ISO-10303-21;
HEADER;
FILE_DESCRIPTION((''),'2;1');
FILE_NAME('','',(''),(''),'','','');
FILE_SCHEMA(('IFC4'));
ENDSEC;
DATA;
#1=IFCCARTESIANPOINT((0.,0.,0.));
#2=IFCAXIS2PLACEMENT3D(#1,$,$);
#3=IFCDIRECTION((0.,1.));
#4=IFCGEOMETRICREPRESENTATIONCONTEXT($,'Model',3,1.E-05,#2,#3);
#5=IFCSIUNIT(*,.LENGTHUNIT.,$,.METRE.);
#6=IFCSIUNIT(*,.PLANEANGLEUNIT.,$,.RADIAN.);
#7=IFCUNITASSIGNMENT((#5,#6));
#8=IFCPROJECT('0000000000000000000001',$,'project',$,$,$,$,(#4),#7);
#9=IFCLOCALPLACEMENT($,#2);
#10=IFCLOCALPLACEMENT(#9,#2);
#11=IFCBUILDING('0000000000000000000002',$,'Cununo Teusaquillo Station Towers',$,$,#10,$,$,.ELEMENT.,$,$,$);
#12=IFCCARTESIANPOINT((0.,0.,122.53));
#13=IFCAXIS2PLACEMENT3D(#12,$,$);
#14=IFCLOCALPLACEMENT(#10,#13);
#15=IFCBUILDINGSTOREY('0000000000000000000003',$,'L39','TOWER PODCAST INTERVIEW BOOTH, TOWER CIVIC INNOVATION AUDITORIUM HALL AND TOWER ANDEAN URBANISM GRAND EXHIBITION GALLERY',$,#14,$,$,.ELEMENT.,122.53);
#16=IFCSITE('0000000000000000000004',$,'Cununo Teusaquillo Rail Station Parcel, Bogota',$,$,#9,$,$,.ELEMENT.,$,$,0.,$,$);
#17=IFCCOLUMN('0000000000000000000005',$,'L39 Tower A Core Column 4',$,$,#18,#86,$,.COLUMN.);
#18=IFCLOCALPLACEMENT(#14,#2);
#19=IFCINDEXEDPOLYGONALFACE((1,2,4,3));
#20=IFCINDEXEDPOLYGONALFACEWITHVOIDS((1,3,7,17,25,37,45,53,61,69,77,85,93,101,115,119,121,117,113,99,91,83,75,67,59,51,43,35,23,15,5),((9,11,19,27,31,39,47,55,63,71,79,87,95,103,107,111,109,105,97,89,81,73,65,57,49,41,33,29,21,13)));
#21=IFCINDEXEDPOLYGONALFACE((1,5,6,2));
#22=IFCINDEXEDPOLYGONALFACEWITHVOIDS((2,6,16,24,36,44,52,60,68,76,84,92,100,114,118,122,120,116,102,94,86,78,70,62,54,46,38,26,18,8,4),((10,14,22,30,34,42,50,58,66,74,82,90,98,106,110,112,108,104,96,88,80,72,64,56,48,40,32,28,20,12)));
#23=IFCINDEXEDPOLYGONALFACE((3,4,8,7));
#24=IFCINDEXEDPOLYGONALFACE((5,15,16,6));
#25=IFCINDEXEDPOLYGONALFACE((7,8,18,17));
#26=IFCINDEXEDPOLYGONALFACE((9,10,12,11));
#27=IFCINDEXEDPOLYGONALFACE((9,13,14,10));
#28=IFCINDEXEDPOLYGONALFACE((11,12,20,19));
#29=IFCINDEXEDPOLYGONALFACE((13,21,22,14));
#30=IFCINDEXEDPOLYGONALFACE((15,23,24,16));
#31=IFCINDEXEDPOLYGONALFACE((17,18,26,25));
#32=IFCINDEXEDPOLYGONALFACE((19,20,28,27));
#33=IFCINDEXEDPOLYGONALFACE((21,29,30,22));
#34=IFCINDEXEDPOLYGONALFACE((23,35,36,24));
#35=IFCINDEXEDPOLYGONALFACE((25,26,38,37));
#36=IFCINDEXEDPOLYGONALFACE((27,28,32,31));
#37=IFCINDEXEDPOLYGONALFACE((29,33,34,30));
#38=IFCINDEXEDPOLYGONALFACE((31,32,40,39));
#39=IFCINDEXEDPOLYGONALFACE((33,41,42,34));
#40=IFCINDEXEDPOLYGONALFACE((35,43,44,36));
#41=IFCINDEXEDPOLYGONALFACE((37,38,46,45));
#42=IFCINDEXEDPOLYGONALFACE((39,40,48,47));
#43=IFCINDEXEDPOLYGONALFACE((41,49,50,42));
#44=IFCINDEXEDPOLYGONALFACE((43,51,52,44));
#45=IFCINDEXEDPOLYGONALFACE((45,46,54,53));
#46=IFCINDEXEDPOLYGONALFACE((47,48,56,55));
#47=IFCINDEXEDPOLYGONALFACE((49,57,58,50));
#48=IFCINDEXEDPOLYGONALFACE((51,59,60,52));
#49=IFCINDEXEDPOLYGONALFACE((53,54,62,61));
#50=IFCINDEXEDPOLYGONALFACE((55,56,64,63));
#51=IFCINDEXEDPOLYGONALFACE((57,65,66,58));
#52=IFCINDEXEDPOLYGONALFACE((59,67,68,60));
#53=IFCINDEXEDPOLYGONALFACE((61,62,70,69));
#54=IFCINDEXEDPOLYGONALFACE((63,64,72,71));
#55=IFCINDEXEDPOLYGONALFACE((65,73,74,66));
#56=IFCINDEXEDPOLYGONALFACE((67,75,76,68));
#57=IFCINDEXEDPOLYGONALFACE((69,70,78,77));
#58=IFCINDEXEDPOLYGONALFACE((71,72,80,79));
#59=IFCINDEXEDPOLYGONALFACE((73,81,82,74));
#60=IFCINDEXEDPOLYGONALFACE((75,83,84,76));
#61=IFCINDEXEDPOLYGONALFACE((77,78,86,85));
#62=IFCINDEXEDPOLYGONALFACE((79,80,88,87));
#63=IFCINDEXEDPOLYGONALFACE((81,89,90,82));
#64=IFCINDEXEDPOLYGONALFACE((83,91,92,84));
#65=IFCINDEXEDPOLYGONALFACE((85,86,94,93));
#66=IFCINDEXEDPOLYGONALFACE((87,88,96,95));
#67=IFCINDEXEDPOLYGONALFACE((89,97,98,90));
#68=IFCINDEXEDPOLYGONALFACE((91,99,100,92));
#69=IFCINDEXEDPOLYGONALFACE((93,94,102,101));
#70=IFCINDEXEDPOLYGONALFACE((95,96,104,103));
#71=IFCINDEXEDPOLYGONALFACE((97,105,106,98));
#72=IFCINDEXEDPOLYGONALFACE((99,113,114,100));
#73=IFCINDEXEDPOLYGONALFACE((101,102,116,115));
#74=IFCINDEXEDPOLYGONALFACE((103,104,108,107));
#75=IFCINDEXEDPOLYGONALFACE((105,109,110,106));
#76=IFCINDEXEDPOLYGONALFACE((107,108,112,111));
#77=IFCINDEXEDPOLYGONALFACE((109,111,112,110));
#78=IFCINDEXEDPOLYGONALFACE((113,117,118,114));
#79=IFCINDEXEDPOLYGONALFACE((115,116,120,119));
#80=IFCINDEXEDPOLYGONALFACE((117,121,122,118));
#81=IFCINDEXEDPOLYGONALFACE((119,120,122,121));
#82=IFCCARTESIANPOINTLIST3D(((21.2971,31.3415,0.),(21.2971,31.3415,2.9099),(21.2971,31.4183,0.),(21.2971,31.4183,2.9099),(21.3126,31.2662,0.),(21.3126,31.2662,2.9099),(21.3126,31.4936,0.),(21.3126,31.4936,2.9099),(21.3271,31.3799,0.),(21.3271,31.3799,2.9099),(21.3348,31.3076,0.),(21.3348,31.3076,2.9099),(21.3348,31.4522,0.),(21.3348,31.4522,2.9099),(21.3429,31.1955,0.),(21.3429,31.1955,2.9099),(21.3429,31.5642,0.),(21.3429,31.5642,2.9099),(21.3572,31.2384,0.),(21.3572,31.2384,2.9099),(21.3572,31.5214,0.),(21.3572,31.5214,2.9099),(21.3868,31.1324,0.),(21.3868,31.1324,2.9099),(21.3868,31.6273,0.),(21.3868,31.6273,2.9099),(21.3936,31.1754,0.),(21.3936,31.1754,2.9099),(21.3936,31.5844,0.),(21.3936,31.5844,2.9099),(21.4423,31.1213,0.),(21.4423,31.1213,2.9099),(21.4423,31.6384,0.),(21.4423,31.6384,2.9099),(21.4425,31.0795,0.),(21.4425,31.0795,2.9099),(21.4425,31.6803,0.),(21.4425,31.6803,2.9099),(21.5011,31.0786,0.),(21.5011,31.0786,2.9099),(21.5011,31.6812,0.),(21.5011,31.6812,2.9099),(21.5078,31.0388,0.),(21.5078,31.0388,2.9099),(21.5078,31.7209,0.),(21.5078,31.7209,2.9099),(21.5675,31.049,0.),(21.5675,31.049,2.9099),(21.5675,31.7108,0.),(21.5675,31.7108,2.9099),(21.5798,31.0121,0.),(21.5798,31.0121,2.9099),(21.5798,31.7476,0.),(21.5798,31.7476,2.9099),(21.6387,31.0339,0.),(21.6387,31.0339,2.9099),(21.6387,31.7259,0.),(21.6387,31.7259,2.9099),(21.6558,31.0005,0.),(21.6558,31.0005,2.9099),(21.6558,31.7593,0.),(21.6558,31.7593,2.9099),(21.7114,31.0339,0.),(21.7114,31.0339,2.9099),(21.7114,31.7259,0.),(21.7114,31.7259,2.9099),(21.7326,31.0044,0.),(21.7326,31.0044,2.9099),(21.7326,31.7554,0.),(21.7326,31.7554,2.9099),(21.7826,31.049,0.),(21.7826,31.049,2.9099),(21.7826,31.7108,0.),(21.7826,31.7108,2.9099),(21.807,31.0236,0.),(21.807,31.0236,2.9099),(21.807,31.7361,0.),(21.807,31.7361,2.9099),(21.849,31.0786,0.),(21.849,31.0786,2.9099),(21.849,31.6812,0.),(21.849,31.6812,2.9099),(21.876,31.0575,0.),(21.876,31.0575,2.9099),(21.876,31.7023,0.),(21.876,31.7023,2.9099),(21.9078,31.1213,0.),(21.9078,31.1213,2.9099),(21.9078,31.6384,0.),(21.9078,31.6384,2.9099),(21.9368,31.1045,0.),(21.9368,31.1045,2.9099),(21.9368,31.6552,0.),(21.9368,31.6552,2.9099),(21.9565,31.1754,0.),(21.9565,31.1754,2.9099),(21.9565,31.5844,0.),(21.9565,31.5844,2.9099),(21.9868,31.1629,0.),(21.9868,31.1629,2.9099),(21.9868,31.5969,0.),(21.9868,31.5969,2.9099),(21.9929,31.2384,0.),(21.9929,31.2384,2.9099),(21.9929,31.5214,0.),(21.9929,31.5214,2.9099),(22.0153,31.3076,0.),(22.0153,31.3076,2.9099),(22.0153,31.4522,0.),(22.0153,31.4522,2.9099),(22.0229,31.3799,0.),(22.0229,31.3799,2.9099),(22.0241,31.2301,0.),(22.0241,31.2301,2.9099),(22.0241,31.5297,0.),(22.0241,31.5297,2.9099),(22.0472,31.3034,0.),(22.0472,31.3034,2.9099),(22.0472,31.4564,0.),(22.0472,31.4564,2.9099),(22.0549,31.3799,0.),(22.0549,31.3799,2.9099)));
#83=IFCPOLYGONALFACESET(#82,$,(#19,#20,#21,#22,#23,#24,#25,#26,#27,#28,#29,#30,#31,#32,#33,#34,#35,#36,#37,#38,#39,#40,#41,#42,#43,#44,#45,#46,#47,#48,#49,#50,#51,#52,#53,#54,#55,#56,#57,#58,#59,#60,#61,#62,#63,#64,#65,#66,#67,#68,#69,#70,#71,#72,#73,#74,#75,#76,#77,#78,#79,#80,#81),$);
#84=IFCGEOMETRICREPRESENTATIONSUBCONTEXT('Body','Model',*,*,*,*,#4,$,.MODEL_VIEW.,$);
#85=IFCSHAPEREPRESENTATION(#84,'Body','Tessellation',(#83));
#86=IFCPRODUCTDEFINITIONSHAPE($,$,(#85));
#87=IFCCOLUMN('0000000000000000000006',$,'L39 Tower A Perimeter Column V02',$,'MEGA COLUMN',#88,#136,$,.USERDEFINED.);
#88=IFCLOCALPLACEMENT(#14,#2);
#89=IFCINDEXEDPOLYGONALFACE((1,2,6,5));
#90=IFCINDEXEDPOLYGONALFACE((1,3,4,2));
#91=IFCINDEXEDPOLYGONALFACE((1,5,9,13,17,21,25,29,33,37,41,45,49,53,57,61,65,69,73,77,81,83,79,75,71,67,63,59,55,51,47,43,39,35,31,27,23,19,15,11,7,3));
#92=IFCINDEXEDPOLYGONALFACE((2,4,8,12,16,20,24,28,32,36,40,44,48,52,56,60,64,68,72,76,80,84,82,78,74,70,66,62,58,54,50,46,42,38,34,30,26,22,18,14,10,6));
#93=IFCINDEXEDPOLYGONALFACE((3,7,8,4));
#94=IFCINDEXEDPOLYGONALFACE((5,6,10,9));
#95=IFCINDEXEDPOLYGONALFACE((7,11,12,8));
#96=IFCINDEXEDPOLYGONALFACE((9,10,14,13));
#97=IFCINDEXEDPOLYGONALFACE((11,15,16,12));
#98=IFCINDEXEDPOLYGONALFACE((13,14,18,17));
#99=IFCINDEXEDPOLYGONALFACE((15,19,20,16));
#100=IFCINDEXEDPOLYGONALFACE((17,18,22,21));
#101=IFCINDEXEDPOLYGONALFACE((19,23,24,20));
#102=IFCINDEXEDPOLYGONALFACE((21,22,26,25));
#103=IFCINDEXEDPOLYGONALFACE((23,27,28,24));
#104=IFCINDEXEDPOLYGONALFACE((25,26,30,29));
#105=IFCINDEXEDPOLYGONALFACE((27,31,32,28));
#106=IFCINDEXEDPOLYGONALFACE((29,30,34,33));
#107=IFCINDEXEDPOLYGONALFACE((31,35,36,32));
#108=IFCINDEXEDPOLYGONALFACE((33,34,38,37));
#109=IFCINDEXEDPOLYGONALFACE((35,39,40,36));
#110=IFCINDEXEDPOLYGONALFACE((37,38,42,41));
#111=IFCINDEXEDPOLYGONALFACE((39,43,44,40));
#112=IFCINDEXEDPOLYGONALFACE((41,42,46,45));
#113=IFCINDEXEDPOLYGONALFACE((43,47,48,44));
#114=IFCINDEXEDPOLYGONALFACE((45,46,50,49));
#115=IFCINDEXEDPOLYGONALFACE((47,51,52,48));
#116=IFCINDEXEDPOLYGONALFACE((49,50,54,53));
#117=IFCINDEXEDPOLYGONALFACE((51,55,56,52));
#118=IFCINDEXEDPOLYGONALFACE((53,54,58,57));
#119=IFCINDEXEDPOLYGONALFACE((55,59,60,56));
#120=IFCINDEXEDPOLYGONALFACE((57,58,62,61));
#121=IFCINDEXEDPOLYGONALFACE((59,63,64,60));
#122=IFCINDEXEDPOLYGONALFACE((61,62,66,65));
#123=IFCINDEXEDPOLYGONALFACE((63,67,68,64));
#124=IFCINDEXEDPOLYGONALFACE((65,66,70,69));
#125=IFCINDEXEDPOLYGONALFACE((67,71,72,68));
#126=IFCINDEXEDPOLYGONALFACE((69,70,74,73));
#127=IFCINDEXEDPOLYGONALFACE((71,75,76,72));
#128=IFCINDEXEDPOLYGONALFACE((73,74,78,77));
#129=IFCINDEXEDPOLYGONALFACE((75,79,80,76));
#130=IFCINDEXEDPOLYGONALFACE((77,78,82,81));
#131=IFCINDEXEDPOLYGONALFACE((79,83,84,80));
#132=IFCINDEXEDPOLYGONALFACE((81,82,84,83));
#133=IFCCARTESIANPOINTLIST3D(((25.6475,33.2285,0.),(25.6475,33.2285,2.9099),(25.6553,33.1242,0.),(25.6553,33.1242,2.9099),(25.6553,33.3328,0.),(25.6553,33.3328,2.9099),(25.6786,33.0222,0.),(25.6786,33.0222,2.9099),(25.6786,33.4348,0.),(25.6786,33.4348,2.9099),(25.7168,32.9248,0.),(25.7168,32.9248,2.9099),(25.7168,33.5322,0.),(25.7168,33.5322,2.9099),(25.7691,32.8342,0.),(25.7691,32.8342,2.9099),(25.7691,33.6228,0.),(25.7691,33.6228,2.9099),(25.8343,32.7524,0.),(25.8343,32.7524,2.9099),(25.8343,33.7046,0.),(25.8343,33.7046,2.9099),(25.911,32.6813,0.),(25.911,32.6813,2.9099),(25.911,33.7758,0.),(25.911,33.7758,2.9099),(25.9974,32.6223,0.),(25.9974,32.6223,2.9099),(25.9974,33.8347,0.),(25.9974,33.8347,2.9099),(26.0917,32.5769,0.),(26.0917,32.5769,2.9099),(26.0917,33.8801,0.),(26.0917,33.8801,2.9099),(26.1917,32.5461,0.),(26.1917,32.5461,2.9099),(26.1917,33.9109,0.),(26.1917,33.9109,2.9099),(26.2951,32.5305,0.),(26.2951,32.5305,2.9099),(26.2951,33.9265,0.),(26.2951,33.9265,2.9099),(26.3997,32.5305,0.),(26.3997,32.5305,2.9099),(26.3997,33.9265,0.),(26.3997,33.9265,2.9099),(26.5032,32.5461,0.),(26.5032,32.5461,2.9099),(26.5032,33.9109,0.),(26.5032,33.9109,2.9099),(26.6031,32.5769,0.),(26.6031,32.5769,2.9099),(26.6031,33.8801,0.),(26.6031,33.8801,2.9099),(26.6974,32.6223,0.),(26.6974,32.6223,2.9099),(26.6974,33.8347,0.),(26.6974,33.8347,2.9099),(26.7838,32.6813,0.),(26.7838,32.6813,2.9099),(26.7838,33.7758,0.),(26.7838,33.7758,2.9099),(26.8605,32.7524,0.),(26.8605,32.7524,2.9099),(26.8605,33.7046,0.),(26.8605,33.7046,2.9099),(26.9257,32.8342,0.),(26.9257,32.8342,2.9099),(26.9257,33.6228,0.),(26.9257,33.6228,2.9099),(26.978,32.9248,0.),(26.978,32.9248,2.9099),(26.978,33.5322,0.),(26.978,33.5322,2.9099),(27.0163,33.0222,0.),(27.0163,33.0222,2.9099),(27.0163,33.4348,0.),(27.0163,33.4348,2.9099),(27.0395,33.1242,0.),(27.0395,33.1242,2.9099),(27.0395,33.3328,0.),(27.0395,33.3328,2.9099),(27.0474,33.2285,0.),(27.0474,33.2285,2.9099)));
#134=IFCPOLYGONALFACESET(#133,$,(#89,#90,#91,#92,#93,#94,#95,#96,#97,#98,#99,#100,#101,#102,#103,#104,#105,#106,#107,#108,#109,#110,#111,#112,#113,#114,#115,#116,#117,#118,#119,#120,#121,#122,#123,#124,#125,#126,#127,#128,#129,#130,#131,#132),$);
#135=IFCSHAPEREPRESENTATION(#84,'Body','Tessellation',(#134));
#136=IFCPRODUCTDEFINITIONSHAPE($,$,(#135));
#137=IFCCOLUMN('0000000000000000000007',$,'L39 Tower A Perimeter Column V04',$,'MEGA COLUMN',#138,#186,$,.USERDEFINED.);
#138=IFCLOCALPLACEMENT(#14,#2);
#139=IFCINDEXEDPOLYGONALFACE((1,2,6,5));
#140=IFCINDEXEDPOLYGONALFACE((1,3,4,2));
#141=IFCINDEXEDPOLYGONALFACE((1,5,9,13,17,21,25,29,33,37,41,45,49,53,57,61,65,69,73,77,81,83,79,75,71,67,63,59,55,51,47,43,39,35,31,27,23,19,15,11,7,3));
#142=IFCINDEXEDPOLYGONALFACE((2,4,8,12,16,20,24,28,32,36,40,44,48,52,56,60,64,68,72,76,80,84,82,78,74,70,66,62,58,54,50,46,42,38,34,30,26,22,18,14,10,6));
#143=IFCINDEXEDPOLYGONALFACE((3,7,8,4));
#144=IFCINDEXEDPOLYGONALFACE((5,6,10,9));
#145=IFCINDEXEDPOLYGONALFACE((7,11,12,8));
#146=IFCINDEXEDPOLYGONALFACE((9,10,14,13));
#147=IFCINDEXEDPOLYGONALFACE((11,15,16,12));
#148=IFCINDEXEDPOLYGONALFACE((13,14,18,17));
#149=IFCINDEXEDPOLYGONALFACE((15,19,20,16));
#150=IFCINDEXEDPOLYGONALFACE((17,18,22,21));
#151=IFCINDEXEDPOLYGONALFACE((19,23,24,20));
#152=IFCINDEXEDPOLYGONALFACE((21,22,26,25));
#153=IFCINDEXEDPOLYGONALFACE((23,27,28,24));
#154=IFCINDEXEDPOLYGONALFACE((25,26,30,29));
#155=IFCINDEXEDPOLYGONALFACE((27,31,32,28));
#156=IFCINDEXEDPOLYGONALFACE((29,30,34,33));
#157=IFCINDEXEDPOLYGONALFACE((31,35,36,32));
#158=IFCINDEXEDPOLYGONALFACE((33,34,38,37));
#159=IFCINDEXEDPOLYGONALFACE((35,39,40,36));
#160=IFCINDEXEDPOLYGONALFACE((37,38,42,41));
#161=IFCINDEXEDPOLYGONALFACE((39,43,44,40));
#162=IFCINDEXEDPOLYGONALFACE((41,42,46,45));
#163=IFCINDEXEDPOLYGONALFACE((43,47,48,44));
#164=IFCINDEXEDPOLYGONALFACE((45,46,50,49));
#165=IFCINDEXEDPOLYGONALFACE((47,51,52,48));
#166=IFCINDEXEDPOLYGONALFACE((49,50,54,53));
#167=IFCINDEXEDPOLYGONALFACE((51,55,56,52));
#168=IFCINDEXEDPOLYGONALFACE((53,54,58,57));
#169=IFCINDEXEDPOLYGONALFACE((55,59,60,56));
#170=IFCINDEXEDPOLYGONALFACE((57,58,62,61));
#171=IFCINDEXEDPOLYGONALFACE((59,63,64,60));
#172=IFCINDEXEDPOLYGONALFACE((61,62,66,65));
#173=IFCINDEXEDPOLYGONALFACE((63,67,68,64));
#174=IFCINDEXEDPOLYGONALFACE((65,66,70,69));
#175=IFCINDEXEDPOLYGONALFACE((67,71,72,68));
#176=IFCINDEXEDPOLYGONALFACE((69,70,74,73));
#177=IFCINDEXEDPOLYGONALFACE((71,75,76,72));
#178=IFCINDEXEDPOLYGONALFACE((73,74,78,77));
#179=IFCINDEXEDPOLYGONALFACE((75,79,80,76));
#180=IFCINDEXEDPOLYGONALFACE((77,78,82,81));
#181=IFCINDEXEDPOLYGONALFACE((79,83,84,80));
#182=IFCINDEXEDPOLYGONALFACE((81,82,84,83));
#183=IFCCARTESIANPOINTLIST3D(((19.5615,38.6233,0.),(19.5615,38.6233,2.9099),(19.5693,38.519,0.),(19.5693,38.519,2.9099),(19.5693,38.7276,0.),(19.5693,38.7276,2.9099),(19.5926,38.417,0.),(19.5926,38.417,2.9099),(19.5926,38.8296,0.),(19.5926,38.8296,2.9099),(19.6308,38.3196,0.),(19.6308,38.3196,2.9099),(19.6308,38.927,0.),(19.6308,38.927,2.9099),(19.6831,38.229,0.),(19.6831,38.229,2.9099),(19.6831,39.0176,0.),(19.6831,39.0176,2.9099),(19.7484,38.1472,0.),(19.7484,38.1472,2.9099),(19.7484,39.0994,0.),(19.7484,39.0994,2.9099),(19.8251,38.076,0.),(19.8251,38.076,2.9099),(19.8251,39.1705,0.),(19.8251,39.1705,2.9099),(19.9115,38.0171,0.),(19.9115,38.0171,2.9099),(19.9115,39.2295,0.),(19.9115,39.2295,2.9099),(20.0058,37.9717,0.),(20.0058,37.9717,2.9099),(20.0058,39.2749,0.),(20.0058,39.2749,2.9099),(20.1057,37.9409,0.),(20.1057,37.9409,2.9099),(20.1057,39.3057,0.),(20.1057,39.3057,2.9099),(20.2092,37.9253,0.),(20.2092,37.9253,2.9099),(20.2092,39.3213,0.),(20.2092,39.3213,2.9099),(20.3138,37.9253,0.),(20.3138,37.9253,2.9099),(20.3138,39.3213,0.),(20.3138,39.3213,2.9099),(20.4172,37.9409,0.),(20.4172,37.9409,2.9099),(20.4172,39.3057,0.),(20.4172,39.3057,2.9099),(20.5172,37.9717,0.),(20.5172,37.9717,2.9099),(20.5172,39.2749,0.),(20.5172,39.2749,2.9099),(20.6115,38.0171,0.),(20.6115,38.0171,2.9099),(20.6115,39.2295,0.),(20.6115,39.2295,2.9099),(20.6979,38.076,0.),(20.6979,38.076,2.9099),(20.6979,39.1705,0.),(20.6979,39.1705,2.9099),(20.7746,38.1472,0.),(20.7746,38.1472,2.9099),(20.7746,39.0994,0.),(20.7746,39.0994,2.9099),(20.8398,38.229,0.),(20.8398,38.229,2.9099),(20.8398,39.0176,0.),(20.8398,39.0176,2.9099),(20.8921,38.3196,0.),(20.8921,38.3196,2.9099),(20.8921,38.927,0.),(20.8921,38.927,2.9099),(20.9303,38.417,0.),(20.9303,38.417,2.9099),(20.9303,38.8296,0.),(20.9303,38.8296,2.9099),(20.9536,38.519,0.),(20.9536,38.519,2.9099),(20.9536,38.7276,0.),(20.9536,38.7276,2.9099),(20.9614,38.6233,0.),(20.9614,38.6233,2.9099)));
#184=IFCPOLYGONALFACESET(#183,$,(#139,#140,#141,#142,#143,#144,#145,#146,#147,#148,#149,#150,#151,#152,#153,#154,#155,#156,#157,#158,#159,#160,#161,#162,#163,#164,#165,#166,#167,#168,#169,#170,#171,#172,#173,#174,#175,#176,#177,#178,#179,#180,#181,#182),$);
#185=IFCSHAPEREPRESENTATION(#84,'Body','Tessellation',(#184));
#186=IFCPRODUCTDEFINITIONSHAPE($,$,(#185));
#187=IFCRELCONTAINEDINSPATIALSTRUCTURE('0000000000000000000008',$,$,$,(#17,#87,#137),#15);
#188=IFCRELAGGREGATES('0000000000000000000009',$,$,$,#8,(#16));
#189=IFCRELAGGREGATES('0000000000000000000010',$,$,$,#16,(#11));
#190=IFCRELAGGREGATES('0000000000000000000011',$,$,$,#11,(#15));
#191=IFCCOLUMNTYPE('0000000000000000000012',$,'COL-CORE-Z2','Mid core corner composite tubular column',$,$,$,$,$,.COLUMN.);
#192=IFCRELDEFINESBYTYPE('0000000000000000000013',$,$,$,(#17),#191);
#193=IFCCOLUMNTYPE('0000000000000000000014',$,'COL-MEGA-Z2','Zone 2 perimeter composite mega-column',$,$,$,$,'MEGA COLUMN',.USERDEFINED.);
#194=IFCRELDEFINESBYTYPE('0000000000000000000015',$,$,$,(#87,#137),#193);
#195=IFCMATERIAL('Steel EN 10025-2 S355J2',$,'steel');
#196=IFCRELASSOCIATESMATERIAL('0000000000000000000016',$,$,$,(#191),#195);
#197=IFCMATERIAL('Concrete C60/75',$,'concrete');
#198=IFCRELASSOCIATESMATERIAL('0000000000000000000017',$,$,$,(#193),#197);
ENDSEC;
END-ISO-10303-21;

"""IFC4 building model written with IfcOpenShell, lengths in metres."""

from ifc_helpers import new_model, si_unit, direction, frame, origin, origin_2d, place, context, subcontext, project, spatial, circle, hollow_circle, extrude, material, material_profile, profile_set, type_object, element, save


model = new_model("IFC4")

# Units and contexts
model_context = context("Model", 3, precision=1e-05, world=origin(), true_north=direction((0.0, 1.0)))
body_context = subcontext(model_context, "Body", "Model", "MODEL_VIEW")
ifc_project = project(units=[si_unit("LENGTHUNIT", "METRE"), si_unit("PLANEANGLEUNIT", "RADIAN")], contexts=[model_context])

# Site, building, storey
site_placement = place(None, origin())
site = spatial("IfcSite", under=ifc_project, at=site_placement, Name="Cununo Teusaquillo Rail Station Parcel, Bogota", CompositionType="ELEMENT", RefElevation=0.0)
building_placement = place(site_placement, origin())
building = spatial("IfcBuilding", under=site, at=building_placement, Name="Cununo Teusaquillo Station Towers", CompositionType="ELEMENT")
storey_placement = place(building_placement, frame((0.0, 0.0, 122.53)))
storey = spatial("IfcBuildingStorey", under=building, at=storey_placement, Name="L39", Description="TOWER PODCAST INTERVIEW BOOTH, TOWER CIVIC INNOVATION AUDITORIUM HALL AND TOWER ANDEAN URBANISM GRAND EXHIBITION GALLERY", CompositionType="ELEMENT", Elevation=122.53)

# Columns
ifc_material_1 = material(Name="Steel EN 10025-2 S355J2", Category="steel")
ifc_material_profile_1 = material_profile(ifc_material_1, hollow_circle(Radius=0.3799, WallThickness=0.032, at=origin_2d()), Name="CHS 760x32")
ifc_profile_set_1 = profile_set([ifc_material_profile_1], Name="Steel EN 10025-2 S355J2")
column_type_1 = type_object("IfcColumnType", Name="COL-CORE-Z2", Description="Mid core corner composite tubular column", PredefinedType="COLUMN", material=ifc_profile_set_1)
column_placement = place(storey_placement, frame((21.675, 31.3799, 0.0), z_axis=(0.0, 0.0, 1.0), x_axis=(1.0, 0.0, 0.0)))
element("IfcColumn", 1, at=column_placement, inside=storey, type_object=column_type_1, Name="L39 Tower A Core Column 4", PredefinedType="COLUMN", context=body_context, shape_type="SweptSolid", body=[
    extrude(hollow_circle(Radius=0.3799, WallThickness=0.032, at=origin_2d()), origin(), (0.0, 0.0, 1.0), 2.9099),
])
ifc_material_2 = material(Name="Concrete C60/75", Category="concrete")
ifc_material_profile_2 = material_profile(ifc_material_2, circle(Radius=0.7, at=origin_2d()), Name="RC-CIRC-1400")
ifc_profile_set_2 = profile_set([ifc_material_profile_2], Name="Concrete C60/75")
column_type_2 = type_object("IfcColumnType", Name="COL-MEGA-Z2", Description="Zone 2 perimeter composite mega-column", ElementType="MEGA COLUMN", PredefinedType="USERDEFINED", material=ifc_profile_set_2)
for number, where, z_axis, x_axis, name in (
    (2, (26.3474, 33.2285, 0.0), (0.0, 0.0, 1.0), (1.0, 0.0, 0.0), "L39 Tower A Perimeter Column V02"),
    (3, (20.2615, 38.6233, 0.0), (0.0, 0.0, 1.0), (1.0, 0.0, 0.0), "L39 Tower A Perimeter Column V04"),
):
    element("IfcColumn", number, at=place(storey_placement, frame(where, z_axis=z_axis, x_axis=x_axis)), inside=storey, type_object=column_type_2, Name=name, ObjectType="MEGA COLUMN", PredefinedType="USERDEFINED", context=body_context, shape_type="SweptSolid", body=[
        extrude(circle(Radius=0.7, at=origin_2d()), origin(), (0.0, 0.0, 1.0), 2.9099),
    ])

save(model, "model.ifc")
